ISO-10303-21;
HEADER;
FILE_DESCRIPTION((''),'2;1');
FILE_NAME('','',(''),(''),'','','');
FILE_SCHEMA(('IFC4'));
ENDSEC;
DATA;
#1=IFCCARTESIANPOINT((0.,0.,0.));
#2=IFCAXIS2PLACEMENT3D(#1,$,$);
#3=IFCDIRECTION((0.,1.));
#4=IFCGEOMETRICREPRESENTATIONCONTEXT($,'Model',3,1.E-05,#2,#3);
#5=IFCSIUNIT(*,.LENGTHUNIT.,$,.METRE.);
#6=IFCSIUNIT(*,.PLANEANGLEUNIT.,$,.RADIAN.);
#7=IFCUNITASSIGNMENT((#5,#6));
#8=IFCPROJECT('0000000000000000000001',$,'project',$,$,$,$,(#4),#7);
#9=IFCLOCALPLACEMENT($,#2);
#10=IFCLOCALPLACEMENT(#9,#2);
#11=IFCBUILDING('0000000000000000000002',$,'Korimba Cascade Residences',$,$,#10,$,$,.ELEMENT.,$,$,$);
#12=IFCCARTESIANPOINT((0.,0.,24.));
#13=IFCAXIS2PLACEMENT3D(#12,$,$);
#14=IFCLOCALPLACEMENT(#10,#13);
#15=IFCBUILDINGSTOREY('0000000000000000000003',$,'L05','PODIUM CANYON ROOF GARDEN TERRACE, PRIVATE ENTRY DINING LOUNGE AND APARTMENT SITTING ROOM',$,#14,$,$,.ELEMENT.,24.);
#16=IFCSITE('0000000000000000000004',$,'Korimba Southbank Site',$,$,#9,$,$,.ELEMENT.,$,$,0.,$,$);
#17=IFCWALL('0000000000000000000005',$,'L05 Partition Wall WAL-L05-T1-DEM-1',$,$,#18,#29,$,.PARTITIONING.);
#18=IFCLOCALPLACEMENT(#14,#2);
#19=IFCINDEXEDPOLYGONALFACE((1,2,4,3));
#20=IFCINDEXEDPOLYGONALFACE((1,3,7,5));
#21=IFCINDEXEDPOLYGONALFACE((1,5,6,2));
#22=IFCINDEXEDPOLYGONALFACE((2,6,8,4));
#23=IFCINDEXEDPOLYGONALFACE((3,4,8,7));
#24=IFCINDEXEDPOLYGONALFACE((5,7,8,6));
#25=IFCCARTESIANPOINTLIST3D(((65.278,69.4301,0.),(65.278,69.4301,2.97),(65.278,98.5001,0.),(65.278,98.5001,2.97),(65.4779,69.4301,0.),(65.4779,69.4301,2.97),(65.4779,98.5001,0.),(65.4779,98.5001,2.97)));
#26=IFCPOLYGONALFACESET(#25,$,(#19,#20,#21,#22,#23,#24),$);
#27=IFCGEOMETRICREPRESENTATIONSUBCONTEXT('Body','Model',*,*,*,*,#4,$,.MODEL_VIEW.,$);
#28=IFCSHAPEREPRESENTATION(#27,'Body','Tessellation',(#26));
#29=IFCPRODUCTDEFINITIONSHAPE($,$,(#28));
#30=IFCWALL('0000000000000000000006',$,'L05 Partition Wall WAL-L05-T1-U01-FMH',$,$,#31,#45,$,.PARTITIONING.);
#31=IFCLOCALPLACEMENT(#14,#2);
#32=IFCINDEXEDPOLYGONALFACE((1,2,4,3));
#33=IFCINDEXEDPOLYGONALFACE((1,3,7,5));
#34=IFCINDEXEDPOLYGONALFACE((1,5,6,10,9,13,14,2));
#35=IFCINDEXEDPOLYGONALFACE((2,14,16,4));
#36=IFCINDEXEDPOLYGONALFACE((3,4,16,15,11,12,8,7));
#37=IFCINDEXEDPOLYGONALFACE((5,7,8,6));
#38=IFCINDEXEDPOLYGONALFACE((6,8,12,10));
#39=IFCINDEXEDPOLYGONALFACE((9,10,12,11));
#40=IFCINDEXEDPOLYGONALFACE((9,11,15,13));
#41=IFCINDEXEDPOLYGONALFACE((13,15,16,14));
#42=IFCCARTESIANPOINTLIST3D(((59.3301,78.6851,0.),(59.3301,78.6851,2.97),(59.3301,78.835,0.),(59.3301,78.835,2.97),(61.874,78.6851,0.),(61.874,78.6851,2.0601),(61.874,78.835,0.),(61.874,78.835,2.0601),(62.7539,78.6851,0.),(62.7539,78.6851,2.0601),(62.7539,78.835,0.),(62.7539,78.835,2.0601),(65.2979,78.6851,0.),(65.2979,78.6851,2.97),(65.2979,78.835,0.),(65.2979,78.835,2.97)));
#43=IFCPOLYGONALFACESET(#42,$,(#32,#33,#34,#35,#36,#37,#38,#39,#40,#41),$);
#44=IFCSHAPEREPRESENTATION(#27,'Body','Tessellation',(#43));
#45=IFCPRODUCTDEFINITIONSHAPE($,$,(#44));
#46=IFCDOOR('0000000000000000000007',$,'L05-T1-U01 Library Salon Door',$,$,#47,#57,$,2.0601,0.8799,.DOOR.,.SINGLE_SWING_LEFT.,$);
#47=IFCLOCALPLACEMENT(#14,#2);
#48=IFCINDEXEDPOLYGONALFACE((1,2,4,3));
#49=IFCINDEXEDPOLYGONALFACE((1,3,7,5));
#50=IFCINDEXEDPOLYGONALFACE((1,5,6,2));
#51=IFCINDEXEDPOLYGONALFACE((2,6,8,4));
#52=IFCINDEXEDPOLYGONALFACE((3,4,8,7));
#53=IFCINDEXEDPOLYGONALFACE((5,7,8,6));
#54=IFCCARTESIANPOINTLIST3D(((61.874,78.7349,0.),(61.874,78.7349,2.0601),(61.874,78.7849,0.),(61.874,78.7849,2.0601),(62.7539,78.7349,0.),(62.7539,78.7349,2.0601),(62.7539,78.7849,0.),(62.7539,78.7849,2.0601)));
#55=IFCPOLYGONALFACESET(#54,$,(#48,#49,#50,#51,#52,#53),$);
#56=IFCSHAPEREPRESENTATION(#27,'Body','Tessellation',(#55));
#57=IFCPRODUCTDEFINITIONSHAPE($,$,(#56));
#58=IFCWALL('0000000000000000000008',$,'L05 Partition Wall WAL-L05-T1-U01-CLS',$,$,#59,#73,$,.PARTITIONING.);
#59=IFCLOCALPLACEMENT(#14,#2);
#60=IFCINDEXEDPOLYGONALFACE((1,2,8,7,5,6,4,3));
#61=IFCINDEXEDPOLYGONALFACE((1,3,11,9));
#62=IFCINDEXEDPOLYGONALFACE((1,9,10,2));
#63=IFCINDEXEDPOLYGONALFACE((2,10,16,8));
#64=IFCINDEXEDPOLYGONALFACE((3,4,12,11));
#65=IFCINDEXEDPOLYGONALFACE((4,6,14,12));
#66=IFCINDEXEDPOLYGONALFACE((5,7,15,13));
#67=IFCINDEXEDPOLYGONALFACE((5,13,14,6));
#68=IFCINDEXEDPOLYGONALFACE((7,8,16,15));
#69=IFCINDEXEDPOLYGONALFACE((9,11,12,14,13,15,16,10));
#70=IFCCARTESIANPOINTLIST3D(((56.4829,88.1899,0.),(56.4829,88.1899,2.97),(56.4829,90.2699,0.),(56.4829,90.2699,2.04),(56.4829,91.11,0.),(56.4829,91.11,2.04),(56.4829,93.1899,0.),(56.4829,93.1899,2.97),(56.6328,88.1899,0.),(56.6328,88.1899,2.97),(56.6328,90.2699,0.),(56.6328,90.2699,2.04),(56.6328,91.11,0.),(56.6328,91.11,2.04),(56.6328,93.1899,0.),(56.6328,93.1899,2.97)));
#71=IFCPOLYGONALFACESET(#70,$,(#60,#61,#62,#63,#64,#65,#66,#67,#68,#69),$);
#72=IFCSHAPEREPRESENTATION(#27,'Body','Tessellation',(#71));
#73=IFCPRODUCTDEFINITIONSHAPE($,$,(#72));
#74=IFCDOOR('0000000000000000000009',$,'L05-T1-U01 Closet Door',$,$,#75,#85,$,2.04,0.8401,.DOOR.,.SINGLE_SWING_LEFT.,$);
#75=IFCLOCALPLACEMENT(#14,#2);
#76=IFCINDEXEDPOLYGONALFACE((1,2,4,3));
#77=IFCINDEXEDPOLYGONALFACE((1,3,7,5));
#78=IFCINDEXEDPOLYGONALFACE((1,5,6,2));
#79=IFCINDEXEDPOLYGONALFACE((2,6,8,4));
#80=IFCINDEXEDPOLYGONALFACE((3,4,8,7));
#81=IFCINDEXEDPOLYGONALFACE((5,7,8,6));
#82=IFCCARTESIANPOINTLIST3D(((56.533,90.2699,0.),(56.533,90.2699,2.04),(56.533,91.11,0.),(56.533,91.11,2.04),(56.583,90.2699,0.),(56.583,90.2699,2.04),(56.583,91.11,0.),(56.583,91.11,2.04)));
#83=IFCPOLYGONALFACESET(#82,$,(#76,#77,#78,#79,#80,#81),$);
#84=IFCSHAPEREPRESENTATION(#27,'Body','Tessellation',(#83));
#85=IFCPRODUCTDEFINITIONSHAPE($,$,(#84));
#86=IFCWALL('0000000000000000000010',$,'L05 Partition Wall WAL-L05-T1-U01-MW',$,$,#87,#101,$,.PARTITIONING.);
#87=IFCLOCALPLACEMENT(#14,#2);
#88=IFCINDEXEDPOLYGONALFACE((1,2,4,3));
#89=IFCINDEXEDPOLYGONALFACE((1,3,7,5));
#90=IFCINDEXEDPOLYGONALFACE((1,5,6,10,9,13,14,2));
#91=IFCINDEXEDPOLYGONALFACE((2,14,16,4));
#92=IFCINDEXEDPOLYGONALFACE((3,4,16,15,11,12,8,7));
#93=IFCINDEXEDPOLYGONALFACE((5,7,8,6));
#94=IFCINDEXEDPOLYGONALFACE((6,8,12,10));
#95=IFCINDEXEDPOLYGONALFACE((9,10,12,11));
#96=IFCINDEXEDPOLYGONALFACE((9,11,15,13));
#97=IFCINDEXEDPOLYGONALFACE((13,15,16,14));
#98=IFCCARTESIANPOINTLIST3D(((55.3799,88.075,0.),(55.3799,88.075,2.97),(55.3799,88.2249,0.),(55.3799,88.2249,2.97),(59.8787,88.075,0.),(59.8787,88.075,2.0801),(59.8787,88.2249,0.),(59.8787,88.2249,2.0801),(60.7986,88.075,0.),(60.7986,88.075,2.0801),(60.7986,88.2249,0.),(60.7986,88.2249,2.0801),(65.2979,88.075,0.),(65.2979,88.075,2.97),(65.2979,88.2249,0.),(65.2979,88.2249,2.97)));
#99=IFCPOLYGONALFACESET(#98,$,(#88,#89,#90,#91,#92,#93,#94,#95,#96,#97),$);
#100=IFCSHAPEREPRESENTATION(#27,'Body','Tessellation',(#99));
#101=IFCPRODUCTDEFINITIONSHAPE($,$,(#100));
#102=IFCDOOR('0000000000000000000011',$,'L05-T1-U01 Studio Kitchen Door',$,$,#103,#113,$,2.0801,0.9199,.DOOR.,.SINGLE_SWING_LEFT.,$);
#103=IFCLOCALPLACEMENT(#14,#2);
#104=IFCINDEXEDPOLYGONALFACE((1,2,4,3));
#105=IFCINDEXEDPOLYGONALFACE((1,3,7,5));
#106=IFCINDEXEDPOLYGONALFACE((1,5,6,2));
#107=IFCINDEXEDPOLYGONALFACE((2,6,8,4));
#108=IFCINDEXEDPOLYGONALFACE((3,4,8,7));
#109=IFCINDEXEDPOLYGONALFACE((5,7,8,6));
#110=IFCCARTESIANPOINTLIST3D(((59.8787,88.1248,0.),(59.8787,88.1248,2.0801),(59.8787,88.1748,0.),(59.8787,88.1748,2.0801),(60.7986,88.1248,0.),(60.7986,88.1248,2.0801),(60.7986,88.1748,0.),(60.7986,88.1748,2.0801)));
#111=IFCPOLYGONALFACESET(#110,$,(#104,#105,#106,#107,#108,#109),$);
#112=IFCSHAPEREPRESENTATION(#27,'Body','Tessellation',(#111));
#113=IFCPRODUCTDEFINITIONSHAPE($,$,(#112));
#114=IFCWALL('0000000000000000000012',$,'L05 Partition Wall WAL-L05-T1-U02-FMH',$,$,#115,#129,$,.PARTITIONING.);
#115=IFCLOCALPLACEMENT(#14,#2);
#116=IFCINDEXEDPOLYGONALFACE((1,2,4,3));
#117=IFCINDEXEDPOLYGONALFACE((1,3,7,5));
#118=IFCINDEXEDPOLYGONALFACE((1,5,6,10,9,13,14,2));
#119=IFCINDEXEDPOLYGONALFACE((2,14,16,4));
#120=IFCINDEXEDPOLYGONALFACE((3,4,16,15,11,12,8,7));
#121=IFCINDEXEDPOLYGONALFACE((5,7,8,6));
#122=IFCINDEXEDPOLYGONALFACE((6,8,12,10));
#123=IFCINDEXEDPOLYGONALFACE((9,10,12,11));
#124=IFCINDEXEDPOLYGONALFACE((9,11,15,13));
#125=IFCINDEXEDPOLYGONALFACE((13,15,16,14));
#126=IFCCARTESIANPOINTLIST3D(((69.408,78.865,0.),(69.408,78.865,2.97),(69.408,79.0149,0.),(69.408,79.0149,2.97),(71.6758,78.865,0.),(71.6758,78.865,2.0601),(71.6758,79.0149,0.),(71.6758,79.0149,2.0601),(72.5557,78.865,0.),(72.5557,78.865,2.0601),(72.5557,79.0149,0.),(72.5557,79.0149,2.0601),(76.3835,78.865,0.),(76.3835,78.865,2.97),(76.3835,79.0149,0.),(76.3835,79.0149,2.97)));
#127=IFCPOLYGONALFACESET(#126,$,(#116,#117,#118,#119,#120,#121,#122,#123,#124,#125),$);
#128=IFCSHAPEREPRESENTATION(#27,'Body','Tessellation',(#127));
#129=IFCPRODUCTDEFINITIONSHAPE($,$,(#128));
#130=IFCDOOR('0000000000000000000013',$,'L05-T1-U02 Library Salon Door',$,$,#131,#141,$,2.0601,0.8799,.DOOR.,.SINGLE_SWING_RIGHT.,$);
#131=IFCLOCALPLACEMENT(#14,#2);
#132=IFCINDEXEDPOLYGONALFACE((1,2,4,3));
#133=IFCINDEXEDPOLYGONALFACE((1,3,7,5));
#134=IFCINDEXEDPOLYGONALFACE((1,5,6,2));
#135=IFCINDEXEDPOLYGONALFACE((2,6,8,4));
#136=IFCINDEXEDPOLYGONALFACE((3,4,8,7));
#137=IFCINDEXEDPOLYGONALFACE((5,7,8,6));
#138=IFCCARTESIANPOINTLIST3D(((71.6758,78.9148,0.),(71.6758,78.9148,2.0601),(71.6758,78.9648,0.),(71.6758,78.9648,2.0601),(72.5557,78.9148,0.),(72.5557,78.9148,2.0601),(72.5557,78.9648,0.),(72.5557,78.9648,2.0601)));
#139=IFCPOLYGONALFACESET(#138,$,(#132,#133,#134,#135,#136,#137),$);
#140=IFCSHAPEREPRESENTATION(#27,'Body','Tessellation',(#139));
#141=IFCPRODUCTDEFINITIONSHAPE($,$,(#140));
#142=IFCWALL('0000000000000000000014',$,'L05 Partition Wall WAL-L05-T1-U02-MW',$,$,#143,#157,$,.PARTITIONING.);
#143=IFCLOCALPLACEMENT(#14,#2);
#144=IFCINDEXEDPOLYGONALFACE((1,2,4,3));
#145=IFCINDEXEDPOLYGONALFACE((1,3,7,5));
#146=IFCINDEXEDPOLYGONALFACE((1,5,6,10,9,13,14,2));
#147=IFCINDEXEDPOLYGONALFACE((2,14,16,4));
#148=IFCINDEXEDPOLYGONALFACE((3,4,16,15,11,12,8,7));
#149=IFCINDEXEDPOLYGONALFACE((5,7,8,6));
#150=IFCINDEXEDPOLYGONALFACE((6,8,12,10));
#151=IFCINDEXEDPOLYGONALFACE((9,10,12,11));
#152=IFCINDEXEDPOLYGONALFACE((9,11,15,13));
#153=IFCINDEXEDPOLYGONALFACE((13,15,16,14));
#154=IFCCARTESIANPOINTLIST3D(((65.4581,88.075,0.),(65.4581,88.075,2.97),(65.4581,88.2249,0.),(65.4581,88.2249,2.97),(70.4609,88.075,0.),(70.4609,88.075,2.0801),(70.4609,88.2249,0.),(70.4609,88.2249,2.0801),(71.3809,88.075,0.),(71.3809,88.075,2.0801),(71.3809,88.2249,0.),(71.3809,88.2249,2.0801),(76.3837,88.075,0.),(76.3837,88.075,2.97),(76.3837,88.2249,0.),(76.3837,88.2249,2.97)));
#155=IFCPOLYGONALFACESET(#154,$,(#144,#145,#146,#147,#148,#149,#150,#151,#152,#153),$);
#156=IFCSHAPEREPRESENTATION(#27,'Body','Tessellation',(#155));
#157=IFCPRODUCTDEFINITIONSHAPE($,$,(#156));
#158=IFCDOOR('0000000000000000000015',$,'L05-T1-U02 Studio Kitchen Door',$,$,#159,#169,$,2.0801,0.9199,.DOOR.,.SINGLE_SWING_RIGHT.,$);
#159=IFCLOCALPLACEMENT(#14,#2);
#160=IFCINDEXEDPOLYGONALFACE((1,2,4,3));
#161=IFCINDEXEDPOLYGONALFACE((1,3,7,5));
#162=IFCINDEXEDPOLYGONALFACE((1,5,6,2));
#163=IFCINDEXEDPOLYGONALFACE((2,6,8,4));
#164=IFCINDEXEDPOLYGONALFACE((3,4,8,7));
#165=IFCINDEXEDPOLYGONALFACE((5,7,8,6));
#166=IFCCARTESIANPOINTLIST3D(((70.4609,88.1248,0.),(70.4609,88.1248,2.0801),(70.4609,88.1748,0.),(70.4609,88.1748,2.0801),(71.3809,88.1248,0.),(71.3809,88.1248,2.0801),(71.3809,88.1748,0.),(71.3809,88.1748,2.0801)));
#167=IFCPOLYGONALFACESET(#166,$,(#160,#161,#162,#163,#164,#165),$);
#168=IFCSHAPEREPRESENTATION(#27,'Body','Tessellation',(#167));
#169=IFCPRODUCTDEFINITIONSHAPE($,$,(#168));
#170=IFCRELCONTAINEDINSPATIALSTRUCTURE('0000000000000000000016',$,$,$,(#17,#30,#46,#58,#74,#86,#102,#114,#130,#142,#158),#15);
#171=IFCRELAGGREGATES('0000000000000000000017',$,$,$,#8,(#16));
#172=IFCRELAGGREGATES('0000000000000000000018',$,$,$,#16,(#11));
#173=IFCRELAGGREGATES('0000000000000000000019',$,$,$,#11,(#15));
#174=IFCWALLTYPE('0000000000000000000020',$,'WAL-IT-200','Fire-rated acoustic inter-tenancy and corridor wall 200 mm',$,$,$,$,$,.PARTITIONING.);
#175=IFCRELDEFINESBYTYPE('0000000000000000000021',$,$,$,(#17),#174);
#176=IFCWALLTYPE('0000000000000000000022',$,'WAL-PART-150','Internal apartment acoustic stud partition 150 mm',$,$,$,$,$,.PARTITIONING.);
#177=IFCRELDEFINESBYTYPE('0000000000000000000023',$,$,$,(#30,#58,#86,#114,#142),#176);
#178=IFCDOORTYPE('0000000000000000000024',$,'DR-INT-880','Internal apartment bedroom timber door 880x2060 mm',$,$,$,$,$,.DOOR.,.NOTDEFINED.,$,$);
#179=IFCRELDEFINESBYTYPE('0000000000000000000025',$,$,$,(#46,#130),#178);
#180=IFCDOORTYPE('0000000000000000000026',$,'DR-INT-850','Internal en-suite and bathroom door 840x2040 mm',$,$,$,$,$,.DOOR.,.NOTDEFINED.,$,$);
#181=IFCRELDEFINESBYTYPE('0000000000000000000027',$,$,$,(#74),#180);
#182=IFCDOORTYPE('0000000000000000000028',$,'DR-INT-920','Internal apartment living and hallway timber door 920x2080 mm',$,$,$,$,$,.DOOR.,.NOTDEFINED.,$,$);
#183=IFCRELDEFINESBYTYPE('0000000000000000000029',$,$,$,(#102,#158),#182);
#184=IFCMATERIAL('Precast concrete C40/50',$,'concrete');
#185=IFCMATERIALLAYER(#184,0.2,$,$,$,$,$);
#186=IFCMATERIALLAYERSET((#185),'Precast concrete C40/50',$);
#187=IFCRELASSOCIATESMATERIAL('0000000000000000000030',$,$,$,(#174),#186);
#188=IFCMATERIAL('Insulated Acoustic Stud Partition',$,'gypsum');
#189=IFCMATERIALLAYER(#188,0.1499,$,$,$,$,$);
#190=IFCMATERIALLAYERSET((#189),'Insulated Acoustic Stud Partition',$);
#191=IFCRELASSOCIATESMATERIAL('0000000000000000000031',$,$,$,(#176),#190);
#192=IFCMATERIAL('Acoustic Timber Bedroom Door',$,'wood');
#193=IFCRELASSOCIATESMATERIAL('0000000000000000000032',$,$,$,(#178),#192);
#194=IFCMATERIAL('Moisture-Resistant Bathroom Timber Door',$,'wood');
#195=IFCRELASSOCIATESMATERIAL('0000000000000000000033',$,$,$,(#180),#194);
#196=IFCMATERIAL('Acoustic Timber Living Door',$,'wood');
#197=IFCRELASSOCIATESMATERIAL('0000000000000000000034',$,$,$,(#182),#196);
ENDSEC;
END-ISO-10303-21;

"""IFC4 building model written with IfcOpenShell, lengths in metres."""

from ifc_helpers import new_model, si_unit, direction, frame, frame_2d, origin, place, context, subcontext, project, spatial, rectangle, extrude, material, layer, layer_set, type_object, element, fill, save


model = new_model("IFC4")

# Units and contexts
model_context = context("Model", 3, precision=1e-05, world=origin(), true_north=direction((0.0, 1.0)))
body_context = subcontext(model_context, "Body", "Model", "MODEL_VIEW")
ifc_project = project(units=[si_unit("LENGTHUNIT", "METRE"), si_unit("PLANEANGLEUNIT", "RADIAN")], contexts=[model_context])

# Site, building, storey
site_placement = place(None, origin())
site = spatial("IfcSite", under=ifc_project, at=site_placement, Name="Korimba Southbank Site", CompositionType="ELEMENT", RefElevation=0.0)
building_placement = place(site_placement, origin())
building = spatial("IfcBuilding", under=site, at=building_placement, Name="Korimba Cascade Residences", CompositionType="ELEMENT")
storey_placement = place(building_placement, frame((0.0, 0.0, 24.0)))
storey = spatial("IfcBuildingStorey", under=building, at=storey_placement, Name="L05", Description="PODIUM CANYON ROOF GARDEN TERRACE, PRIVATE ENTRY DINING LOUNGE AND APARTMENT SITTING ROOM", CompositionType="ELEMENT", Elevation=24.0)

# Wall
ifc_material_1 = material(Name="Precast concrete C40/50", Category="concrete")
ifc_layer_1 = layer(ifc_material_1, 0.2)
ifc_layer_set_1 = layer_set([ifc_layer_1], Name="Precast concrete C40/50")
wall_type_1 = type_object("IfcWallType", Name="WAL-IT-200", Description="Fire-rated acoustic inter-tenancy and corridor wall 200 mm", PredefinedType="PARTITIONING", material=ifc_layer_set_1)
wall_1_placement = place(storey_placement, frame((65.3779, 69.4299, 0.0), z_axis=(0.0, 0.0, 1.0), x_axis=(0.0, 1.0, 0.0)))
element("IfcWall", 1, at=wall_1_placement, inside=storey, type_object=wall_type_1, Name="L05 Partition Wall WAL-L05-T1-DEM-1", PredefinedType="PARTITIONING", context=body_context, shape_type="SweptSolid", body=[
    extrude(rectangle(XDim=29.0701, YDim=0.2, at=frame_2d((14.5352, 0.0))), origin(), (0.0, 0.0, 1.0), 2.97),
])

# Walls, openings, doors
ifc_material_2 = material(Name="Insulated Acoustic Stud Partition", Category="gypsum")
ifc_layer_2 = layer(ifc_material_2, 0.1499)
ifc_layer_set_2 = layer_set([ifc_layer_2], Name="Insulated Acoustic Stud Partition")
wall_type_2 = type_object("IfcWallType", Name="WAL-PART-150", Description="Internal apartment acoustic stud partition 150 mm", PredefinedType="PARTITIONING", material=ifc_layer_set_2)
wall_2_placement = place(storey_placement, frame((59.3301, 78.76, 0.0), z_axis=(0.0, 0.0, 1.0), x_axis=(1.0, 0.0, 0.0)))
wall_2 = element("IfcWall", 2, at=wall_2_placement, inside=storey, type_object=wall_type_2, Name="L05 Partition Wall WAL-L05-T1-U01-FMH", PredefinedType="PARTITIONING", context=body_context, shape_type="SweptSolid", body=[
    extrude(rectangle(XDim=5.9678, YDim=0.1499, at=frame_2d((2.9839, 0.0))), origin(), (0.0, 0.0, 1.0), 2.97),
])
opening_1_placement = place(wall_2_placement, frame((2.5439, 0.0, 0.0)))
opening_1 = element("IfcOpeningElement", 3, at=opening_1_placement, cuts=wall_2, PredefinedType="OPENING", context=body_context, shape_type="SweptSolid", body=[
    extrude(rectangle(XDim=0.8799, YDim=2.0601, at=frame_2d((0.4399, 1.03))), frame((0.0, 0.085, 0.0), z_axis=(0.0, -1.0, 0.0), x_axis=(1.0, 0.0, 0.0)), (0.0, 0.0, 1.0), 0.1699),
])
ifc_material_3 = material(Name="Acoustic Timber Bedroom Door", Category="wood")
door_type_1 = type_object("IfcDoorType", Name="DR-INT-880", Description="Internal apartment bedroom timber door 880x2060 mm", OperationType="NOTDEFINED", PredefinedType="DOOR", material=ifc_material_3)
door_1_placement = place(opening_1_placement, origin())
door_1 = element("IfcDoor", 4, at=door_1_placement, inside=storey, type_object=door_type_1, Name="L05-T1-U01 Library Salon Door", OperationType="SINGLE_SWING_LEFT", OverallHeight=2.0601, OverallWidth=0.8799, PredefinedType="DOOR", context=body_context, shape_type="SweptSolid", body=[
    extrude(rectangle(XDim=0.8799, YDim=2.0601, at=frame_2d((0.4399, 1.03))), frame((0.0, 0.0249, 0.0), z_axis=(0.0, -1.0, 0.0), x_axis=(1.0, 0.0, 0.0)), (0.0, 0.0, 1.0), 0.05),
])
fill(opening_1, door_1)
wall_3_placement = place(storey_placement, frame((56.5579, 88.1899, 0.0), z_axis=(0.0, 0.0, 1.0), x_axis=(0.0, 1.0, 0.0)))
wall_3 = element("IfcWall", 5, at=wall_3_placement, inside=storey, type_object=wall_type_2, Name="L05 Partition Wall WAL-L05-T1-U01-CLS", PredefinedType="PARTITIONING", context=body_context, shape_type="SweptSolid", body=[
    extrude(rectangle(XDim=5.0, YDim=0.1499, at=frame_2d((2.5, 0.0))), origin(), (0.0, 0.0, 1.0), 2.97),
])
opening_2_placement = place(wall_3_placement, frame((2.0801, 0.0, 0.0)))
opening_2 = element("IfcOpeningElement", 6, at=opening_2_placement, cuts=wall_3, PredefinedType="OPENING", context=body_context, shape_type="SweptSolid", body=[
    extrude(rectangle(XDim=0.8401, YDim=2.04, at=frame_2d((0.4199, 1.02))), frame((0.0, 0.085, 0.0), z_axis=(0.0, -1.0, 0.0), x_axis=(1.0, 0.0, 0.0)), (0.0, 0.0, 1.0), 0.1699),
])
ifc_material_4 = material(Name="Moisture-Resistant Bathroom Timber Door", Category="wood")
door_type_2 = type_object("IfcDoorType", Name="DR-INT-850", Description="Internal en-suite and bathroom door 840x2040 mm", OperationType="NOTDEFINED", PredefinedType="DOOR", material=ifc_material_4)
door_2_placement = place(opening_2_placement, origin())
door_2 = element("IfcDoor", 7, at=door_2_placement, inside=storey, type_object=door_type_2, Name="L05-T1-U01 Closet Door", OperationType="SINGLE_SWING_LEFT", OverallHeight=2.04, OverallWidth=0.8401, PredefinedType="DOOR", context=body_context, shape_type="SweptSolid", body=[
    extrude(rectangle(XDim=0.8401, YDim=2.04, at=frame_2d((0.4199, 1.02))), frame((0.0, 0.0249, 0.0), z_axis=(0.0, -1.0, 0.0), x_axis=(1.0, 0.0, 0.0)), (0.0, 0.0, 1.0), 0.05),
])
fill(opening_2, door_2)
wall_4_placement = place(storey_placement, frame((55.3799, 88.1499, 0.0), z_axis=(0.0, 0.0, 1.0), x_axis=(1.0, 0.0, 0.0)))
wall_4 = element("IfcWall", 8, at=wall_4_placement, inside=storey, type_object=wall_type_2, Name="L05 Partition Wall WAL-L05-T1-U01-MW", PredefinedType="PARTITIONING", context=body_context, shape_type="SweptSolid", body=[
    extrude(rectangle(XDim=9.918, YDim=0.1499, at=frame_2d((4.959, 0.0))), origin(), (0.0, 0.0, 1.0), 2.97),
])
opening_3_placement = place(wall_4_placement, frame((4.4988, 0.0, 0.0)))
opening_3 = element("IfcOpeningElement", 9, at=opening_3_placement, cuts=wall_4, PredefinedType="OPENING", context=body_context, shape_type="SweptSolid", body=[
    extrude(rectangle(XDim=0.9199, YDim=2.0801, at=frame_2d((0.46, 1.04))), frame((0.0, 0.085, 0.0), z_axis=(0.0, -1.0, 0.0), x_axis=(1.0, 0.0, 0.0)), (0.0, 0.0, 1.0), 0.1699),
])
ifc_material_5 = material(Name="Acoustic Timber Living Door", Category="wood")
door_type_3 = type_object("IfcDoorType", Name="DR-INT-920", Description="Internal apartment living and hallway timber door 920x2080 mm", OperationType="NOTDEFINED", PredefinedType="DOOR", material=ifc_material_5)
door_3_placement = place(opening_3_placement, origin())
door_3 = element("IfcDoor", 10, at=door_3_placement, inside=storey, type_object=door_type_3, Name="L05-T1-U01 Studio Kitchen Door", OperationType="SINGLE_SWING_LEFT", OverallHeight=2.0801, OverallWidth=0.9199, PredefinedType="DOOR", context=body_context, shape_type="SweptSolid", body=[
    extrude(rectangle(XDim=0.9199, YDim=2.0801, at=frame_2d((0.46, 1.04))), frame((0.0, 0.0249, 0.0), z_axis=(0.0, -1.0, 0.0), x_axis=(1.0, 0.0, 0.0)), (0.0, 0.0, 1.0), 0.05),
])
fill(opening_3, door_3)
wall_5_placement = place(storey_placement, frame((69.408, 78.9399, 0.0), z_axis=(0.0, 0.0, 1.0), x_axis=(1.0, 0.0, 0.0)))
wall_5 = element("IfcWall", 11, at=wall_5_placement, inside=storey, type_object=wall_type_2, Name="L05 Partition Wall WAL-L05-T1-U02-FMH", PredefinedType="PARTITIONING", context=body_context, shape_type="SweptSolid", body=[
    extrude(rectangle(XDim=6.9756, YDim=0.1499, at=frame_2d((3.4878, 0.0))), origin(), (0.0, 0.0, 1.0), 2.97),
])
opening_4_placement = place(wall_5_placement, frame((2.2678, 0.0, 0.0)))
opening_4 = element("IfcOpeningElement", 12, at=opening_4_placement, cuts=wall_5, PredefinedType="OPENING", context=body_context, shape_type="SweptSolid", body=[
    extrude(rectangle(XDim=0.8799, YDim=2.0601, at=frame_2d((0.4399, 1.03))), frame((0.0, 0.085, 0.0), z_axis=(0.0, -1.0, 0.0), x_axis=(1.0, 0.0, 0.0)), (0.0, 0.0, 1.0), 0.1699),
])
door_4_placement = place(opening_4_placement, origin())
door_4 = element("IfcDoor", 13, at=door_4_placement, inside=storey, type_object=door_type_1, Name="L05-T1-U02 Library Salon Door", OperationType="SINGLE_SWING_RIGHT", OverallHeight=2.0601, OverallWidth=0.8799, PredefinedType="DOOR", context=body_context, shape_type="SweptSolid", body=[
    extrude(rectangle(XDim=0.8799, YDim=2.0601, at=frame_2d((0.4399, 1.03))), frame((0.0, 0.0249, 0.0), z_axis=(0.0, -1.0, 0.0), x_axis=(1.0, 0.0, 0.0)), (0.0, 0.0, 1.0), 0.05),
])
fill(opening_4, door_4)
wall_6_placement = place(storey_placement, frame((65.458, 88.1499, 0.0), z_axis=(0.0, 0.0, 1.0), x_axis=(1.0, 0.0, 0.0)))
wall_6 = element("IfcWall", 14, at=wall_6_placement, inside=storey, type_object=wall_type_2, Name="L05 Partition Wall WAL-L05-T1-U02-MW", PredefinedType="PARTITIONING", context=body_context, shape_type="SweptSolid", body=[
    extrude(rectangle(XDim=10.9255, YDim=0.1499, at=frame_2d((5.4629, 0.0))), origin(), (0.0, 0.0, 1.0), 2.97),
])
opening_5_placement = place(wall_6_placement, frame((5.0029, 0.0, 0.0)))
opening_5 = element("IfcOpeningElement", 15, at=opening_5_placement, cuts=wall_6, PredefinedType="OPENING", context=body_context, shape_type="SweptSolid", body=[
    extrude(rectangle(XDim=0.9199, YDim=2.0801, at=frame_2d((0.46, 1.04))), frame((0.0, 0.085, 0.0), z_axis=(0.0, -1.0, 0.0), x_axis=(1.0, 0.0, 0.0)), (0.0, 0.0, 1.0), 0.1699),
])
door_5_placement = place(opening_5_placement, origin())
door_5 = element("IfcDoor", 16, at=door_5_placement, inside=storey, type_object=door_type_3, Name="L05-T1-U02 Studio Kitchen Door", OperationType="SINGLE_SWING_RIGHT", OverallHeight=2.0801, OverallWidth=0.9199, PredefinedType="DOOR", context=body_context, shape_type="SweptSolid", body=[
    extrude(rectangle(XDim=0.9199, YDim=2.0801, at=frame_2d((0.46, 1.04))), frame((0.0, 0.0249, 0.0), z_axis=(0.0, -1.0, 0.0), x_axis=(1.0, 0.0, 0.0)), (0.0, 0.0, 1.0), 0.05),
])
fill(opening_5, door_5)

save(model, "model.ifc")
